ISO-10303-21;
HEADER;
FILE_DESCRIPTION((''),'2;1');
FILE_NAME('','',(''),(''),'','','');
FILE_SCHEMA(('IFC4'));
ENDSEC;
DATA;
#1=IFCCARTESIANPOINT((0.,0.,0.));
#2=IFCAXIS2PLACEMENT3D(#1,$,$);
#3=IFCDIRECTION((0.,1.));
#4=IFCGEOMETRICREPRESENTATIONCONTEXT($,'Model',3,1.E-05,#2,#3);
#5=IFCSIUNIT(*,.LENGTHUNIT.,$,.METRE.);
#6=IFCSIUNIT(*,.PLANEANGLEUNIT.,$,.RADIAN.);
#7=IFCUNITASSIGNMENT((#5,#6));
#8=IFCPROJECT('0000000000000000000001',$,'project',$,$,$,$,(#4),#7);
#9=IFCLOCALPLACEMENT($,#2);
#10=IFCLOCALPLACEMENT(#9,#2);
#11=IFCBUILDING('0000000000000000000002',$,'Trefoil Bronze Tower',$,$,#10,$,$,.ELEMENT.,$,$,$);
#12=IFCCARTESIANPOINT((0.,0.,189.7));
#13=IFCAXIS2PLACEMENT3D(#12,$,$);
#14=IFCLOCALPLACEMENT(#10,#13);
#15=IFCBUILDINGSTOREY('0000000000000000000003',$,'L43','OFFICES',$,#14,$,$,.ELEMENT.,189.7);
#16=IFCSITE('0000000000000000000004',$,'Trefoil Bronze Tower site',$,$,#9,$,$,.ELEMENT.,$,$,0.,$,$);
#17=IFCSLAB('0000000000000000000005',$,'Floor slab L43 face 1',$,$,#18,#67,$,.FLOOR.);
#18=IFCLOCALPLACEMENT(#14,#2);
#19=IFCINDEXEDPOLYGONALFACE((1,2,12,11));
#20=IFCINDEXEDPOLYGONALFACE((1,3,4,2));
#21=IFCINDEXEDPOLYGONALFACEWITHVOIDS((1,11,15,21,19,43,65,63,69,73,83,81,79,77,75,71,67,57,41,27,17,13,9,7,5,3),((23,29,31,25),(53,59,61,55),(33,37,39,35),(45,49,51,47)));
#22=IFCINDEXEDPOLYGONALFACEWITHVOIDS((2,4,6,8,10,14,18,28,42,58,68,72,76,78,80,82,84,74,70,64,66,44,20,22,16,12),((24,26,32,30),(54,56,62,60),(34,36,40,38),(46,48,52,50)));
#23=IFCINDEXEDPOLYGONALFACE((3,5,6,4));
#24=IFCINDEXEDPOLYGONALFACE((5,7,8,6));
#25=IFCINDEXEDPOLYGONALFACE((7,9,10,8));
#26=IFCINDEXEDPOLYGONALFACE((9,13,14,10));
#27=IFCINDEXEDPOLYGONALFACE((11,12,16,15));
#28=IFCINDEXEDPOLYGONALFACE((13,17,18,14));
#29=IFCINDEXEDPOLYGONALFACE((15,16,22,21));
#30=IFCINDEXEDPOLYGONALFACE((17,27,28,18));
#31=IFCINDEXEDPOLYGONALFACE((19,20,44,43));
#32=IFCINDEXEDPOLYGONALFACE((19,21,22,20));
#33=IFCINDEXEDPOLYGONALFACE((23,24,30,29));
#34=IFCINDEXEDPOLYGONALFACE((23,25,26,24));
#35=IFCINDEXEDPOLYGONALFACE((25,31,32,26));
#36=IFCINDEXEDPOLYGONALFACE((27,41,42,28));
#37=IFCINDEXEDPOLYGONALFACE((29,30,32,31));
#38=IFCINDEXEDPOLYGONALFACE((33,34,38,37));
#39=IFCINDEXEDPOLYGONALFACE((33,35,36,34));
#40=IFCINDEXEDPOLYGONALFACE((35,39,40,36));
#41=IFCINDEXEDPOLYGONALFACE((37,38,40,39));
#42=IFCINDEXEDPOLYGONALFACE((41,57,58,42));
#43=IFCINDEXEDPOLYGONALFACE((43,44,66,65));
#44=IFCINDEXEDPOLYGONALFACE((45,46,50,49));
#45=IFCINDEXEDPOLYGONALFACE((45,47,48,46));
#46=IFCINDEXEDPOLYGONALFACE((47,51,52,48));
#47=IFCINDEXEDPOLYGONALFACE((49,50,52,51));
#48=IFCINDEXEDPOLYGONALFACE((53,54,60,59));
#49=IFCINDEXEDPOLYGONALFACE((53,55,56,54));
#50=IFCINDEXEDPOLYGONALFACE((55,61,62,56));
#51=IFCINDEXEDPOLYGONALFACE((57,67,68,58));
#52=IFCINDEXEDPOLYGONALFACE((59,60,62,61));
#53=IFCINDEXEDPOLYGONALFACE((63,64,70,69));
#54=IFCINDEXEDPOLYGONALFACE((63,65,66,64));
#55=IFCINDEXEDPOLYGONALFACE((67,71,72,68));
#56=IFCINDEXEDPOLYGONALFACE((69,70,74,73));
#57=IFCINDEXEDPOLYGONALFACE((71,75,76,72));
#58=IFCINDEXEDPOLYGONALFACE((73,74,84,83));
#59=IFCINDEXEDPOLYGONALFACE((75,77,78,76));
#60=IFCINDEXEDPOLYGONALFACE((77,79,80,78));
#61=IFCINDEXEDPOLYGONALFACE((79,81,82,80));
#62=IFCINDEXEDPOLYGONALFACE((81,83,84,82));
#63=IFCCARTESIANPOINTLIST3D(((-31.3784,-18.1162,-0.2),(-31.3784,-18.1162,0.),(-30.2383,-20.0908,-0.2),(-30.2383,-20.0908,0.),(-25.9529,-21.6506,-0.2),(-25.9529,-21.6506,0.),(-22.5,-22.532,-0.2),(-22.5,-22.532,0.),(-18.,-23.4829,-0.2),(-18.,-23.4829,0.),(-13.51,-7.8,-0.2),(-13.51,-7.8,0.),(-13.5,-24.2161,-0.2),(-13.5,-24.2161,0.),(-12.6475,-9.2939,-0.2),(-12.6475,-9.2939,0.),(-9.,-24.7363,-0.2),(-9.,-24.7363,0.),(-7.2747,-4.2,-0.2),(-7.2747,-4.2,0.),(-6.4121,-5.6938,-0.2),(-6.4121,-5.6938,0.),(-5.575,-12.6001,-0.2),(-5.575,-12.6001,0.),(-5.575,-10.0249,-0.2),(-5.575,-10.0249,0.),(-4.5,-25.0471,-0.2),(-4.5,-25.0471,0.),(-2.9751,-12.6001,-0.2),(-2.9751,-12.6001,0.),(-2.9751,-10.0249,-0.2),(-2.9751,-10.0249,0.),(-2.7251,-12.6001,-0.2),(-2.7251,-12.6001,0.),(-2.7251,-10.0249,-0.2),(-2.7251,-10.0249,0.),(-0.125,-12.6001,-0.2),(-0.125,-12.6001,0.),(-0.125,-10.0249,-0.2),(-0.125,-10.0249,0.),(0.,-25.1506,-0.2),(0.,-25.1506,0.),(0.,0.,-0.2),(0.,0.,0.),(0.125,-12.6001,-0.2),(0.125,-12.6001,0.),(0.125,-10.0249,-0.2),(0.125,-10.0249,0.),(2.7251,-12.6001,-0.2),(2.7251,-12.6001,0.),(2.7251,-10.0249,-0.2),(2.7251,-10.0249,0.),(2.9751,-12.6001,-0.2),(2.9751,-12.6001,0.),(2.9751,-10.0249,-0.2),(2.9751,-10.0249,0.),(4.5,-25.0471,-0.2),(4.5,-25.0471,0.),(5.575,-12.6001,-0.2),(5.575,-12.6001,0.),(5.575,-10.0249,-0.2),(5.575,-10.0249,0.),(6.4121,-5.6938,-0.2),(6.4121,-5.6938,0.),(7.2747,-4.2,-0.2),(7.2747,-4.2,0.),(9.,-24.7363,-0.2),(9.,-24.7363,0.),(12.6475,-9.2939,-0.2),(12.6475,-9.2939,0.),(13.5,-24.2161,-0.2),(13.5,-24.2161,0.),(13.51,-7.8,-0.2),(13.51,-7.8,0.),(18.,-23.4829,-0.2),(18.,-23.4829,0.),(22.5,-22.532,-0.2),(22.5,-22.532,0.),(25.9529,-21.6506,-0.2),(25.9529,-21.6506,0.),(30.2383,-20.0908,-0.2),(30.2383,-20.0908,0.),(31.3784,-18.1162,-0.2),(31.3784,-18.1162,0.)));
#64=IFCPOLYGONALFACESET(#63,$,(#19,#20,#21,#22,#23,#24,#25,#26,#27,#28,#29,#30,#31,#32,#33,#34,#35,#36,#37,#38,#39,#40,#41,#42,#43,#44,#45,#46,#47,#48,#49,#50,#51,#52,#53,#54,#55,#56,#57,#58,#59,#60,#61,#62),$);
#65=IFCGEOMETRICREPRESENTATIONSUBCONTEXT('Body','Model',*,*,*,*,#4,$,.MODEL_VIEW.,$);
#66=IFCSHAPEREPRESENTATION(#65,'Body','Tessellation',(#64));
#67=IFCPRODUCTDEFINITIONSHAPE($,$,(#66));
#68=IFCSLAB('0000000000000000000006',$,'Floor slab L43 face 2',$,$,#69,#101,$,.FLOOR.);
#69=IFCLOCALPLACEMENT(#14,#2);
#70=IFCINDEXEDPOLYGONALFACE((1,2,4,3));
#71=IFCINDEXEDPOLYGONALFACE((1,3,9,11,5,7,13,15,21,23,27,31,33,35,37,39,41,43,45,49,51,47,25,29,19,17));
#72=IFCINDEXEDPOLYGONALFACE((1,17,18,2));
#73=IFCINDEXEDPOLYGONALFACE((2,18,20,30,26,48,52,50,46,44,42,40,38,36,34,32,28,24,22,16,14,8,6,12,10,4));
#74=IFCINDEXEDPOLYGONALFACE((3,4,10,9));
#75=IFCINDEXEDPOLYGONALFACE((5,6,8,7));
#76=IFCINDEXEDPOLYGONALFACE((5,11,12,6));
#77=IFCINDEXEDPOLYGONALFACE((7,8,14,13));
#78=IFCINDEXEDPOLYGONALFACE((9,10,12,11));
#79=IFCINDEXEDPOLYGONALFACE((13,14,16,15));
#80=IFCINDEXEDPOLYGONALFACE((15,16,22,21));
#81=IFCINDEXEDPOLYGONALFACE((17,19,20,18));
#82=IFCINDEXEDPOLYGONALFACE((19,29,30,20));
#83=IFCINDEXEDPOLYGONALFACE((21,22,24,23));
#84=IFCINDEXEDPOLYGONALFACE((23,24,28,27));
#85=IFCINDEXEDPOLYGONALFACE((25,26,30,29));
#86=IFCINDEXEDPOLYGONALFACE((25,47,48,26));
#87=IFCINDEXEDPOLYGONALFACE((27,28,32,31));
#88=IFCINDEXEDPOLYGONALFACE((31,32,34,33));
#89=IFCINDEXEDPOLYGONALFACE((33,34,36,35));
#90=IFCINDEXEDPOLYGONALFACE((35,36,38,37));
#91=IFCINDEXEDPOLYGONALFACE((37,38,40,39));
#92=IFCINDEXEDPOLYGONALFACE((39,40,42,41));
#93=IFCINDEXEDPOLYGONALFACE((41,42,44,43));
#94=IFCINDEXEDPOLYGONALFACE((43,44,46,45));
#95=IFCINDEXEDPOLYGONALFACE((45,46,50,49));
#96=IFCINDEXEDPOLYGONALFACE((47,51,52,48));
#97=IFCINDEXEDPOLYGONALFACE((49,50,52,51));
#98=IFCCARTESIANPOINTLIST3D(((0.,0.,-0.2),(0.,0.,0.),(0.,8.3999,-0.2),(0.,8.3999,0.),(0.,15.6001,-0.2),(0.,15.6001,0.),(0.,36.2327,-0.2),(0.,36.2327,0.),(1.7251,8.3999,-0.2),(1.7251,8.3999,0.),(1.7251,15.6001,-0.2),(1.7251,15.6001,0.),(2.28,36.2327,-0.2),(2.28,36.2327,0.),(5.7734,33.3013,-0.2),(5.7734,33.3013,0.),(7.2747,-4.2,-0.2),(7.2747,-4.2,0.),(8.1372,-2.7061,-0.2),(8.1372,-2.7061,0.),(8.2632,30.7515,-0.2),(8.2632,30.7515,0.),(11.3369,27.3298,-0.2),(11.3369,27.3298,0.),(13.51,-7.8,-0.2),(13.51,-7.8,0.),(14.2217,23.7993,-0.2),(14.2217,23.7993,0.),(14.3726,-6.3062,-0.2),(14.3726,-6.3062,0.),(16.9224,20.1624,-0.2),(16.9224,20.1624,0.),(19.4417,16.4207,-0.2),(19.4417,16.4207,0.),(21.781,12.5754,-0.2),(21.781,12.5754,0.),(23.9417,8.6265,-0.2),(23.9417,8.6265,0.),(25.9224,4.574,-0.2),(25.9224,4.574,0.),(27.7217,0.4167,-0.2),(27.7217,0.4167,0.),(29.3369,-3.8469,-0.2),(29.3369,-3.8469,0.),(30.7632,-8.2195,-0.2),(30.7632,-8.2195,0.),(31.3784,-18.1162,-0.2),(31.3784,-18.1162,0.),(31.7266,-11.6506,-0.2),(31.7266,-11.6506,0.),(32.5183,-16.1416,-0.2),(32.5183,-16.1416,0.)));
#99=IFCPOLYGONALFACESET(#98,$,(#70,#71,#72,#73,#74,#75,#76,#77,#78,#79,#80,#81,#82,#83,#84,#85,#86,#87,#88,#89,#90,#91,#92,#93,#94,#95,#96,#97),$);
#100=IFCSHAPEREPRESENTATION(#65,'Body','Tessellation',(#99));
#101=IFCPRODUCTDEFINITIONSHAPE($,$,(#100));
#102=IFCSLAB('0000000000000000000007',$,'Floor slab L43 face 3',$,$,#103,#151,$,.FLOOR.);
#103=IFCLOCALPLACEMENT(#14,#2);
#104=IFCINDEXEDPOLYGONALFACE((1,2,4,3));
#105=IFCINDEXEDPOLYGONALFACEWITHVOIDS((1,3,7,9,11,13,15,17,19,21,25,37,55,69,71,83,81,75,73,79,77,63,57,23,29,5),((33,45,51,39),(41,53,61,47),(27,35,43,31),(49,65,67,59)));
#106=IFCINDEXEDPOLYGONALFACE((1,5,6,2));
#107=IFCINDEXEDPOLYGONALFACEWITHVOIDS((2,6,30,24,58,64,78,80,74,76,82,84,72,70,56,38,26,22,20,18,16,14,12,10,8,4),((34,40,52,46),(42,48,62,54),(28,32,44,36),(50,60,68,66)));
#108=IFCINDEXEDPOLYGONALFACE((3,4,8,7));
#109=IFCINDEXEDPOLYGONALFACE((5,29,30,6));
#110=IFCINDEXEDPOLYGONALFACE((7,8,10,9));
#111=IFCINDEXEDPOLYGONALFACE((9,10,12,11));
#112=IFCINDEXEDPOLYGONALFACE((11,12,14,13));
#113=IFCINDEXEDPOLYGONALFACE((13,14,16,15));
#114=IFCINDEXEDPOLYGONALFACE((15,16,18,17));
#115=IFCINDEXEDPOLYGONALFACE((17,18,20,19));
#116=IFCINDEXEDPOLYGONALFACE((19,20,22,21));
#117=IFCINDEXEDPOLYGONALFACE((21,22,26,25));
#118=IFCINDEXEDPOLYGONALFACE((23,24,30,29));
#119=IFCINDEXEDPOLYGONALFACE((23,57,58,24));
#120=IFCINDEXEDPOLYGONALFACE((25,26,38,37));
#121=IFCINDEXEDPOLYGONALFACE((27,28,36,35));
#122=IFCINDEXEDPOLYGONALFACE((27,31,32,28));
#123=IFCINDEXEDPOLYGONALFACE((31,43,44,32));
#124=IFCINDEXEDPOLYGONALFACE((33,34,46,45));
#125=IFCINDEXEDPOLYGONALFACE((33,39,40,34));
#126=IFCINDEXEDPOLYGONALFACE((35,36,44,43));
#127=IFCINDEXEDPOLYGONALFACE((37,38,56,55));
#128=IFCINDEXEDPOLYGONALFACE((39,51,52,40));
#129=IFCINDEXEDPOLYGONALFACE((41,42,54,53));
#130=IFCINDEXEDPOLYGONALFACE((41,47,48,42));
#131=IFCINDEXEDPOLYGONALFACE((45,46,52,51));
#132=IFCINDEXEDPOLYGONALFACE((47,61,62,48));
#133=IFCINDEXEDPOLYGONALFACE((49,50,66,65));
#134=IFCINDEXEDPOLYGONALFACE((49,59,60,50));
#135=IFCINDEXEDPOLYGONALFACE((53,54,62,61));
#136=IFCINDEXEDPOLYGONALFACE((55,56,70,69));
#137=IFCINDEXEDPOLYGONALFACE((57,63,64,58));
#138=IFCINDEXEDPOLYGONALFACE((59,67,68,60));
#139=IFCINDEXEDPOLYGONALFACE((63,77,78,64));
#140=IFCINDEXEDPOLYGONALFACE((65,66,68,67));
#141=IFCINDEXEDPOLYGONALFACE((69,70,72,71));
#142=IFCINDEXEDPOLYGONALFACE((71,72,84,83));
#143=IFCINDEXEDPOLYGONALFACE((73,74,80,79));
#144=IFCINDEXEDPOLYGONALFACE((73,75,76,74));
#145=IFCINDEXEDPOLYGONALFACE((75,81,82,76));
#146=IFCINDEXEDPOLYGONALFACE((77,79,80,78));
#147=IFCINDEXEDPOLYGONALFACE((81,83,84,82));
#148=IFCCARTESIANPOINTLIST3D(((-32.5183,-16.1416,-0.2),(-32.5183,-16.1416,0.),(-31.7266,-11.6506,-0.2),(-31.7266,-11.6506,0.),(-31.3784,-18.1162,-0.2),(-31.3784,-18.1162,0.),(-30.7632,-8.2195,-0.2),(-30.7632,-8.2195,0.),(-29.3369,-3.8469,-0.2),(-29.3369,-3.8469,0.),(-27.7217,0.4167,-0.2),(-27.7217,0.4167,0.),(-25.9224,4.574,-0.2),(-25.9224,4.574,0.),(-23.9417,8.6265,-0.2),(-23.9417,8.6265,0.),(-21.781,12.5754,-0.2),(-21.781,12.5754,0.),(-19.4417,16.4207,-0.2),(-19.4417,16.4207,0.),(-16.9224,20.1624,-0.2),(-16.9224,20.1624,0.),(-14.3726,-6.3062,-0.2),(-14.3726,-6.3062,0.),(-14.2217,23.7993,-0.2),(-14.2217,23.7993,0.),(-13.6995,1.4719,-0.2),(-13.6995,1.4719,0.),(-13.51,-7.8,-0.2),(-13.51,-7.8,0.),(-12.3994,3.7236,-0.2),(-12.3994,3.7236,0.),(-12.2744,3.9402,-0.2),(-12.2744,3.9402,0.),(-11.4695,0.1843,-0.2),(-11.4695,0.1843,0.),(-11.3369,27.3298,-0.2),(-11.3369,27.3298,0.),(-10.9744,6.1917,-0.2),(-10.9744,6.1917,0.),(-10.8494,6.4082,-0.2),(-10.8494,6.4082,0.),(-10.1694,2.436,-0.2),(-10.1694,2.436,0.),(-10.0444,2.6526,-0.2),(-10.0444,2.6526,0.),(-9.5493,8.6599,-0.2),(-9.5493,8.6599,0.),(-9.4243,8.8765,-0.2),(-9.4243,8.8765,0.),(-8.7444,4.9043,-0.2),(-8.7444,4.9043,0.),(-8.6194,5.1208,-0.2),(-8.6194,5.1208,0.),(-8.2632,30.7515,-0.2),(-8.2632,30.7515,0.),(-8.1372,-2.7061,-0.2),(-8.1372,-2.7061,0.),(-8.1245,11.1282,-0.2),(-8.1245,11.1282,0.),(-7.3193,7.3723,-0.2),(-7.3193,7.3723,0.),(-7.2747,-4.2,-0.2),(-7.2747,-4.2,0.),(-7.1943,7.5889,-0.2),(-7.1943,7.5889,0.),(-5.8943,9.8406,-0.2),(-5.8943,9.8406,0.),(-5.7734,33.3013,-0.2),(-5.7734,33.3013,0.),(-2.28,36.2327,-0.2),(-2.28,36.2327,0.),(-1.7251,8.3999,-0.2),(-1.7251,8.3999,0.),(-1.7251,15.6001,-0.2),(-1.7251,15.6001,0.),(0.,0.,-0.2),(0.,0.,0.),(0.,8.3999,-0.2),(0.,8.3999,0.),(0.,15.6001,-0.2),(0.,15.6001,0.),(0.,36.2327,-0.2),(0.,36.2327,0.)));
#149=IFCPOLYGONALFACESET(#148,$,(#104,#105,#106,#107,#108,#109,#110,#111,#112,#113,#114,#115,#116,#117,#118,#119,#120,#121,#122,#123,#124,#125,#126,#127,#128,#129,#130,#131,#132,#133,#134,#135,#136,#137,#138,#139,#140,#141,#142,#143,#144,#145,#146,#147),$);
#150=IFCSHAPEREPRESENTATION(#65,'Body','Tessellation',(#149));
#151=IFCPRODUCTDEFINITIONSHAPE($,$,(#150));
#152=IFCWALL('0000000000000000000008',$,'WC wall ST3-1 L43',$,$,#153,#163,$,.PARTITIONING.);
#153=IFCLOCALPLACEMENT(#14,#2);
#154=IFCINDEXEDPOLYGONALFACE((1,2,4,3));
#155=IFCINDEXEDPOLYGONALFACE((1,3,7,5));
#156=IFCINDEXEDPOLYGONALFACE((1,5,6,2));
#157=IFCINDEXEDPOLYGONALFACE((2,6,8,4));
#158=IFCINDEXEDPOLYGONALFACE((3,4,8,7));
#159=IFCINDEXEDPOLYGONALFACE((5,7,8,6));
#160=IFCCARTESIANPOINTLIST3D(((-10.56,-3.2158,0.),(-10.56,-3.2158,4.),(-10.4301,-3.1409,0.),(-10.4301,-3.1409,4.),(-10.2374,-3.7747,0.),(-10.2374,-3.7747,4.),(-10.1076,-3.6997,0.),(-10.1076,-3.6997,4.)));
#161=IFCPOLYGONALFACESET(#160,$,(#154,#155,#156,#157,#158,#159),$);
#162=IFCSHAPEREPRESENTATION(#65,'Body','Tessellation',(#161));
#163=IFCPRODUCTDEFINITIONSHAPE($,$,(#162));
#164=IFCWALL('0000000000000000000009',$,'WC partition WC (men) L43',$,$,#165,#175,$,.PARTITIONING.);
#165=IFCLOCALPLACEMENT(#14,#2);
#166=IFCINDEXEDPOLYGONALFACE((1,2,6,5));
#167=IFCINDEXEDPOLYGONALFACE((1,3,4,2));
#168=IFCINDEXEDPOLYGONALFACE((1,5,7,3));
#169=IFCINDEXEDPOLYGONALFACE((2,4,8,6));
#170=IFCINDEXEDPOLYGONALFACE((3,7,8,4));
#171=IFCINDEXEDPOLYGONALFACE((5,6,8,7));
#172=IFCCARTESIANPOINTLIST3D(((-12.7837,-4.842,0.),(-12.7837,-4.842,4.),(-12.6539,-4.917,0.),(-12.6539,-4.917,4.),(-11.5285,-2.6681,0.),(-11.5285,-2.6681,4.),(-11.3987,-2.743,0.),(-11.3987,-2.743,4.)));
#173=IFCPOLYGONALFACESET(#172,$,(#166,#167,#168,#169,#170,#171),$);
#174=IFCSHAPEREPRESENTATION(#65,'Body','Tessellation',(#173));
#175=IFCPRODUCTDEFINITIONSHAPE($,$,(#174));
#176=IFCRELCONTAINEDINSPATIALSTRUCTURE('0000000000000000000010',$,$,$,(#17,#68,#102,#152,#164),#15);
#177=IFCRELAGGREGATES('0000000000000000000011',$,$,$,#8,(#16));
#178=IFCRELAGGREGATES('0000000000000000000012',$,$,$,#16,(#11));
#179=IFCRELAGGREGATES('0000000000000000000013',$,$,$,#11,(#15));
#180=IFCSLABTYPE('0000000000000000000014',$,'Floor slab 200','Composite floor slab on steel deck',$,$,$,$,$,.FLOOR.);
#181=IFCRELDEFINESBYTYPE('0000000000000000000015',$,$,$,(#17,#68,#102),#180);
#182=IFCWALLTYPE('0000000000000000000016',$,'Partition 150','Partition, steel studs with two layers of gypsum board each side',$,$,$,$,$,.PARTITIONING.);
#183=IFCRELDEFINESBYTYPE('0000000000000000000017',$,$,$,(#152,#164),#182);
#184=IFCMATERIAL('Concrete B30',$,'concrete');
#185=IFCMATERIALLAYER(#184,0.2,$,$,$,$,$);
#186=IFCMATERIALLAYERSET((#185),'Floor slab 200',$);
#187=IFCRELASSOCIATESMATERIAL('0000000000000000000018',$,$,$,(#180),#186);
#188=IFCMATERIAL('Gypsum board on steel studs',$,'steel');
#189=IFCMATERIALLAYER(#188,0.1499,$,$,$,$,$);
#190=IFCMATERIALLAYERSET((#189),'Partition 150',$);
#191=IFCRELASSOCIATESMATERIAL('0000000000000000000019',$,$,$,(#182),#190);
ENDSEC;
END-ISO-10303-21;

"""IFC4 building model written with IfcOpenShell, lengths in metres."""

from ifc_helpers import new_model, si_unit, direction, frame, frame_2d, origin, place, context, subcontext, project, spatial, polyline, rectangle, outline, extrude, material, layer, layer_set, type_object, element, save


model = new_model("IFC4")

# Units and contexts
model_context = context("Model", 3, precision=1e-05, world=origin(), true_north=direction((0.0, 1.0)))
body_context = subcontext(model_context, "Body", "Model", "MODEL_VIEW")
ifc_project = project(units=[si_unit("LENGTHUNIT", "METRE"), si_unit("PLANEANGLEUNIT", "RADIAN")], contexts=[model_context])

# Site, building, storey
site_placement = place(None, origin())
site = spatial("IfcSite", under=ifc_project, at=site_placement, Name="Trefoil Bronze Tower site", CompositionType="ELEMENT", RefElevation=0.0)
building_placement = place(site_placement, origin())
building = spatial("IfcBuilding", under=site, at=building_placement, Name="Trefoil Bronze Tower", CompositionType="ELEMENT")
storey_placement = place(building_placement, frame((0.0, 0.0, 189.7)))
storey = spatial("IfcBuildingStorey", under=building, at=storey_placement, Name="L43", Description="OFFICES", CompositionType="ELEMENT", Elevation=189.7)

# Slabs
ifc_material_1 = material(Name="Concrete B30", Category="concrete")
ifc_layer_1 = layer(ifc_material_1, 0.2)
ifc_layer_set_1 = layer_set([ifc_layer_1], Name="Floor slab 200")
slab_type = type_object("IfcSlabType", Name="Floor slab 200", Description="Composite floor slab on steel deck", PredefinedType="FLOOR", material=ifc_layer_set_1)
slab_1_placement = place(storey_placement, frame((0.0, 0.0, -0.2)))
element("IfcSlab", 1, at=slab_1_placement, inside=storey, type_object=slab_type, Name="Floor slab L43 face 1", PredefinedType="FLOOR", context=body_context, shape_type="SweptSolid", body=[
    extrude(outline(polyline([(18.0, -23.4829), (13.5, -24.2161), (9.0, -24.7363), (4.5, -25.0471), (0.0, -25.1506), (-4.5, -25.0471), (-9.0, -24.7363), (-13.5, -24.2161), (-18.0, -23.4829), (-22.5, -22.532), (-25.9529, -21.6506), (-30.2383, -20.0908), (-31.3784, -18.1162), (-13.51, -7.8), (-12.6475, -9.2939), (-6.4121, -5.6938), (-7.2747, -4.2), (0.0, 0.0), (7.2747, -4.2), (6.4121, -5.6938), (12.6475, -9.2939), (13.51, -7.8), (31.3784, -18.1162), (30.2383, -20.0908), (25.9529, -21.6506), (22.5, -22.532), (18.0, -23.4829)]), holes=[polyline([(-5.575, -10.0249), (-2.9751, -10.0249), (-2.9751, -12.6001), (-5.575, -12.6001), (-5.575, -10.0249)]), polyline([(-2.7251, -10.0249), (-0.125, -10.0249), (-0.125, -12.6001), (-2.7251, -12.6001), (-2.7251, -10.0249)]), polyline([(0.125, -10.0249), (2.7251, -10.0249), (2.7251, -12.6001), (0.125, -12.6001), (0.125, -10.0249)]), polyline([(2.9751, -10.0249), (5.575, -10.0249), (5.575, -12.6001), (2.9751, -12.6001), (2.9751, -10.0249)])]), origin(), (0.0, 0.0, 1.0), 0.2),
])
slab_2_placement = place(storey_placement, frame((0.0, 0.0, -0.2)))
element("IfcSlab", 2, at=slab_2_placement, inside=storey, type_object=slab_type, Name="Floor slab L43 face 2", PredefinedType="FLOOR", context=body_context, shape_type="SweptSolid", body=[
    extrude(outline(polyline([(11.3369, 27.3298), (14.2217, 23.7993), (16.9224, 20.1624), (19.4417, 16.4207), (21.781, 12.5754), (23.9417, 8.6265), (25.9224, 4.574), (27.7217, 0.4167), (29.3369, -3.8469), (30.7632, -8.2195), (31.7266, -11.6506), (32.5183, -16.1416), (31.3784, -18.1162), (13.51, -7.8), (14.3726, -6.3062), (8.1372, -2.7061), (7.2747, -4.2), (0.0, 0.0), (0.0, 8.3999), (1.7251, 8.3999), (1.7251, 15.6001), (0.0, 15.6001), (0.0, 36.2327), (2.28, 36.2327), (5.7734, 33.3013), (8.2632, 30.7515), (11.3369, 27.3298)])), origin(), (0.0, 0.0, 1.0), 0.2),
])
slab_3_placement = place(storey_placement, frame((0.0, 0.0, -0.2)))
element("IfcSlab", 3, at=slab_3_placement, inside=storey, type_object=slab_type, Name="Floor slab L43 face 3", PredefinedType="FLOOR", context=body_context, shape_type="SweptSolid", body=[
    extrude(outline(polyline([(-29.3369, -3.8469), (-27.7217, 0.4167), (-25.9224, 4.574), (-23.9417, 8.6265), (-21.781, 12.5754), (-19.4417, 16.4207), (-16.9224, 20.1624), (-14.2217, 23.7993), (-11.3369, 27.3298), (-8.2632, 30.7515), (-5.7734, 33.3013), (-2.28, 36.2327), (0.0, 36.2327), (0.0, 15.6001), (-1.7251, 15.6001), (-1.7251, 8.3999), (0.0, 8.3999), (0.0, 0.0), (-7.2747, -4.2), (-8.1372, -2.7061), (-14.3726, -6.3062), (-13.51, -7.8), (-31.3784, -18.1162), (-32.5183, -16.1416), (-31.7266, -11.6506), (-30.7632, -8.2195), (-29.3369, -3.8469)]), holes=[polyline([(-5.8943, 9.8406), (-7.1943, 7.5889), (-9.4243, 8.8765), (-8.1245, 11.1282), (-5.8943, 9.8406)]), polyline([(-7.3193, 7.3723), (-8.6194, 5.1208), (-10.8494, 6.4082), (-9.5493, 8.6599), (-7.3193, 7.3723)]), polyline([(-8.7444, 4.9043), (-10.0444, 2.6526), (-12.2744, 3.9402), (-10.9744, 6.1917), (-8.7444, 4.9043)]), polyline([(-10.1694, 2.436), (-11.4695, 0.1843), (-13.6995, 1.4719), (-12.3994, 3.7236), (-10.1694, 2.436)])]), origin(), (0.0, 0.0, 1.0), 0.2),
])

# Walls
ifc_material_2 = material(Name="Gypsum board on steel studs", Category="steel")
ifc_layer_2 = layer(ifc_material_2, 0.1499)
ifc_layer_set_2 = layer_set([ifc_layer_2], Name="Partition 150")
wall_type_1 = type_object("IfcWallType", Name="Partition 150", Description="Partition, steel studs with two layers of gypsum board each side", PredefinedType="PARTITIONING", material=ifc_layer_set_2)
wall_1_placement = place(storey_placement, frame((-10.4951, -3.1782, 0.0), z_axis=(0.0, 0.0, 1.0), x_axis=(0.499843, -0.866116, 0.0)))
element("IfcWall", 4, at=wall_1_placement, inside=storey, type_object=wall_type_1, Name="WC wall ST3-1 L43", PredefinedType="PARTITIONING", context=body_context, shape_type="SweptSolid", body=[
    extrude(rectangle(XDim=0.6453, YDim=0.1499, at=frame_2d((0.3228, 0.0))), origin(), (0.0, 0.0, 1.0), 4.0),
])
wall_2_placement = place(storey_placement, frame((-11.4636, -2.7056, 0.0), z_axis=(0.0, 0.0, 1.0), x_axis=(-0.50002, -0.866014, 0.0)))
element("IfcWall", 5, at=wall_2_placement, inside=storey, type_object=wall_type_1, Name="WC partition WC (men) L43", PredefinedType="PARTITIONING", context=body_context, shape_type="SweptSolid", body=[
    extrude(rectangle(XDim=2.5103, YDim=0.1499, at=frame_2d((1.2551, 0.0))), origin(), (0.0, 0.0, 1.0), 4.0),
])

save(model, "model.ifc")
